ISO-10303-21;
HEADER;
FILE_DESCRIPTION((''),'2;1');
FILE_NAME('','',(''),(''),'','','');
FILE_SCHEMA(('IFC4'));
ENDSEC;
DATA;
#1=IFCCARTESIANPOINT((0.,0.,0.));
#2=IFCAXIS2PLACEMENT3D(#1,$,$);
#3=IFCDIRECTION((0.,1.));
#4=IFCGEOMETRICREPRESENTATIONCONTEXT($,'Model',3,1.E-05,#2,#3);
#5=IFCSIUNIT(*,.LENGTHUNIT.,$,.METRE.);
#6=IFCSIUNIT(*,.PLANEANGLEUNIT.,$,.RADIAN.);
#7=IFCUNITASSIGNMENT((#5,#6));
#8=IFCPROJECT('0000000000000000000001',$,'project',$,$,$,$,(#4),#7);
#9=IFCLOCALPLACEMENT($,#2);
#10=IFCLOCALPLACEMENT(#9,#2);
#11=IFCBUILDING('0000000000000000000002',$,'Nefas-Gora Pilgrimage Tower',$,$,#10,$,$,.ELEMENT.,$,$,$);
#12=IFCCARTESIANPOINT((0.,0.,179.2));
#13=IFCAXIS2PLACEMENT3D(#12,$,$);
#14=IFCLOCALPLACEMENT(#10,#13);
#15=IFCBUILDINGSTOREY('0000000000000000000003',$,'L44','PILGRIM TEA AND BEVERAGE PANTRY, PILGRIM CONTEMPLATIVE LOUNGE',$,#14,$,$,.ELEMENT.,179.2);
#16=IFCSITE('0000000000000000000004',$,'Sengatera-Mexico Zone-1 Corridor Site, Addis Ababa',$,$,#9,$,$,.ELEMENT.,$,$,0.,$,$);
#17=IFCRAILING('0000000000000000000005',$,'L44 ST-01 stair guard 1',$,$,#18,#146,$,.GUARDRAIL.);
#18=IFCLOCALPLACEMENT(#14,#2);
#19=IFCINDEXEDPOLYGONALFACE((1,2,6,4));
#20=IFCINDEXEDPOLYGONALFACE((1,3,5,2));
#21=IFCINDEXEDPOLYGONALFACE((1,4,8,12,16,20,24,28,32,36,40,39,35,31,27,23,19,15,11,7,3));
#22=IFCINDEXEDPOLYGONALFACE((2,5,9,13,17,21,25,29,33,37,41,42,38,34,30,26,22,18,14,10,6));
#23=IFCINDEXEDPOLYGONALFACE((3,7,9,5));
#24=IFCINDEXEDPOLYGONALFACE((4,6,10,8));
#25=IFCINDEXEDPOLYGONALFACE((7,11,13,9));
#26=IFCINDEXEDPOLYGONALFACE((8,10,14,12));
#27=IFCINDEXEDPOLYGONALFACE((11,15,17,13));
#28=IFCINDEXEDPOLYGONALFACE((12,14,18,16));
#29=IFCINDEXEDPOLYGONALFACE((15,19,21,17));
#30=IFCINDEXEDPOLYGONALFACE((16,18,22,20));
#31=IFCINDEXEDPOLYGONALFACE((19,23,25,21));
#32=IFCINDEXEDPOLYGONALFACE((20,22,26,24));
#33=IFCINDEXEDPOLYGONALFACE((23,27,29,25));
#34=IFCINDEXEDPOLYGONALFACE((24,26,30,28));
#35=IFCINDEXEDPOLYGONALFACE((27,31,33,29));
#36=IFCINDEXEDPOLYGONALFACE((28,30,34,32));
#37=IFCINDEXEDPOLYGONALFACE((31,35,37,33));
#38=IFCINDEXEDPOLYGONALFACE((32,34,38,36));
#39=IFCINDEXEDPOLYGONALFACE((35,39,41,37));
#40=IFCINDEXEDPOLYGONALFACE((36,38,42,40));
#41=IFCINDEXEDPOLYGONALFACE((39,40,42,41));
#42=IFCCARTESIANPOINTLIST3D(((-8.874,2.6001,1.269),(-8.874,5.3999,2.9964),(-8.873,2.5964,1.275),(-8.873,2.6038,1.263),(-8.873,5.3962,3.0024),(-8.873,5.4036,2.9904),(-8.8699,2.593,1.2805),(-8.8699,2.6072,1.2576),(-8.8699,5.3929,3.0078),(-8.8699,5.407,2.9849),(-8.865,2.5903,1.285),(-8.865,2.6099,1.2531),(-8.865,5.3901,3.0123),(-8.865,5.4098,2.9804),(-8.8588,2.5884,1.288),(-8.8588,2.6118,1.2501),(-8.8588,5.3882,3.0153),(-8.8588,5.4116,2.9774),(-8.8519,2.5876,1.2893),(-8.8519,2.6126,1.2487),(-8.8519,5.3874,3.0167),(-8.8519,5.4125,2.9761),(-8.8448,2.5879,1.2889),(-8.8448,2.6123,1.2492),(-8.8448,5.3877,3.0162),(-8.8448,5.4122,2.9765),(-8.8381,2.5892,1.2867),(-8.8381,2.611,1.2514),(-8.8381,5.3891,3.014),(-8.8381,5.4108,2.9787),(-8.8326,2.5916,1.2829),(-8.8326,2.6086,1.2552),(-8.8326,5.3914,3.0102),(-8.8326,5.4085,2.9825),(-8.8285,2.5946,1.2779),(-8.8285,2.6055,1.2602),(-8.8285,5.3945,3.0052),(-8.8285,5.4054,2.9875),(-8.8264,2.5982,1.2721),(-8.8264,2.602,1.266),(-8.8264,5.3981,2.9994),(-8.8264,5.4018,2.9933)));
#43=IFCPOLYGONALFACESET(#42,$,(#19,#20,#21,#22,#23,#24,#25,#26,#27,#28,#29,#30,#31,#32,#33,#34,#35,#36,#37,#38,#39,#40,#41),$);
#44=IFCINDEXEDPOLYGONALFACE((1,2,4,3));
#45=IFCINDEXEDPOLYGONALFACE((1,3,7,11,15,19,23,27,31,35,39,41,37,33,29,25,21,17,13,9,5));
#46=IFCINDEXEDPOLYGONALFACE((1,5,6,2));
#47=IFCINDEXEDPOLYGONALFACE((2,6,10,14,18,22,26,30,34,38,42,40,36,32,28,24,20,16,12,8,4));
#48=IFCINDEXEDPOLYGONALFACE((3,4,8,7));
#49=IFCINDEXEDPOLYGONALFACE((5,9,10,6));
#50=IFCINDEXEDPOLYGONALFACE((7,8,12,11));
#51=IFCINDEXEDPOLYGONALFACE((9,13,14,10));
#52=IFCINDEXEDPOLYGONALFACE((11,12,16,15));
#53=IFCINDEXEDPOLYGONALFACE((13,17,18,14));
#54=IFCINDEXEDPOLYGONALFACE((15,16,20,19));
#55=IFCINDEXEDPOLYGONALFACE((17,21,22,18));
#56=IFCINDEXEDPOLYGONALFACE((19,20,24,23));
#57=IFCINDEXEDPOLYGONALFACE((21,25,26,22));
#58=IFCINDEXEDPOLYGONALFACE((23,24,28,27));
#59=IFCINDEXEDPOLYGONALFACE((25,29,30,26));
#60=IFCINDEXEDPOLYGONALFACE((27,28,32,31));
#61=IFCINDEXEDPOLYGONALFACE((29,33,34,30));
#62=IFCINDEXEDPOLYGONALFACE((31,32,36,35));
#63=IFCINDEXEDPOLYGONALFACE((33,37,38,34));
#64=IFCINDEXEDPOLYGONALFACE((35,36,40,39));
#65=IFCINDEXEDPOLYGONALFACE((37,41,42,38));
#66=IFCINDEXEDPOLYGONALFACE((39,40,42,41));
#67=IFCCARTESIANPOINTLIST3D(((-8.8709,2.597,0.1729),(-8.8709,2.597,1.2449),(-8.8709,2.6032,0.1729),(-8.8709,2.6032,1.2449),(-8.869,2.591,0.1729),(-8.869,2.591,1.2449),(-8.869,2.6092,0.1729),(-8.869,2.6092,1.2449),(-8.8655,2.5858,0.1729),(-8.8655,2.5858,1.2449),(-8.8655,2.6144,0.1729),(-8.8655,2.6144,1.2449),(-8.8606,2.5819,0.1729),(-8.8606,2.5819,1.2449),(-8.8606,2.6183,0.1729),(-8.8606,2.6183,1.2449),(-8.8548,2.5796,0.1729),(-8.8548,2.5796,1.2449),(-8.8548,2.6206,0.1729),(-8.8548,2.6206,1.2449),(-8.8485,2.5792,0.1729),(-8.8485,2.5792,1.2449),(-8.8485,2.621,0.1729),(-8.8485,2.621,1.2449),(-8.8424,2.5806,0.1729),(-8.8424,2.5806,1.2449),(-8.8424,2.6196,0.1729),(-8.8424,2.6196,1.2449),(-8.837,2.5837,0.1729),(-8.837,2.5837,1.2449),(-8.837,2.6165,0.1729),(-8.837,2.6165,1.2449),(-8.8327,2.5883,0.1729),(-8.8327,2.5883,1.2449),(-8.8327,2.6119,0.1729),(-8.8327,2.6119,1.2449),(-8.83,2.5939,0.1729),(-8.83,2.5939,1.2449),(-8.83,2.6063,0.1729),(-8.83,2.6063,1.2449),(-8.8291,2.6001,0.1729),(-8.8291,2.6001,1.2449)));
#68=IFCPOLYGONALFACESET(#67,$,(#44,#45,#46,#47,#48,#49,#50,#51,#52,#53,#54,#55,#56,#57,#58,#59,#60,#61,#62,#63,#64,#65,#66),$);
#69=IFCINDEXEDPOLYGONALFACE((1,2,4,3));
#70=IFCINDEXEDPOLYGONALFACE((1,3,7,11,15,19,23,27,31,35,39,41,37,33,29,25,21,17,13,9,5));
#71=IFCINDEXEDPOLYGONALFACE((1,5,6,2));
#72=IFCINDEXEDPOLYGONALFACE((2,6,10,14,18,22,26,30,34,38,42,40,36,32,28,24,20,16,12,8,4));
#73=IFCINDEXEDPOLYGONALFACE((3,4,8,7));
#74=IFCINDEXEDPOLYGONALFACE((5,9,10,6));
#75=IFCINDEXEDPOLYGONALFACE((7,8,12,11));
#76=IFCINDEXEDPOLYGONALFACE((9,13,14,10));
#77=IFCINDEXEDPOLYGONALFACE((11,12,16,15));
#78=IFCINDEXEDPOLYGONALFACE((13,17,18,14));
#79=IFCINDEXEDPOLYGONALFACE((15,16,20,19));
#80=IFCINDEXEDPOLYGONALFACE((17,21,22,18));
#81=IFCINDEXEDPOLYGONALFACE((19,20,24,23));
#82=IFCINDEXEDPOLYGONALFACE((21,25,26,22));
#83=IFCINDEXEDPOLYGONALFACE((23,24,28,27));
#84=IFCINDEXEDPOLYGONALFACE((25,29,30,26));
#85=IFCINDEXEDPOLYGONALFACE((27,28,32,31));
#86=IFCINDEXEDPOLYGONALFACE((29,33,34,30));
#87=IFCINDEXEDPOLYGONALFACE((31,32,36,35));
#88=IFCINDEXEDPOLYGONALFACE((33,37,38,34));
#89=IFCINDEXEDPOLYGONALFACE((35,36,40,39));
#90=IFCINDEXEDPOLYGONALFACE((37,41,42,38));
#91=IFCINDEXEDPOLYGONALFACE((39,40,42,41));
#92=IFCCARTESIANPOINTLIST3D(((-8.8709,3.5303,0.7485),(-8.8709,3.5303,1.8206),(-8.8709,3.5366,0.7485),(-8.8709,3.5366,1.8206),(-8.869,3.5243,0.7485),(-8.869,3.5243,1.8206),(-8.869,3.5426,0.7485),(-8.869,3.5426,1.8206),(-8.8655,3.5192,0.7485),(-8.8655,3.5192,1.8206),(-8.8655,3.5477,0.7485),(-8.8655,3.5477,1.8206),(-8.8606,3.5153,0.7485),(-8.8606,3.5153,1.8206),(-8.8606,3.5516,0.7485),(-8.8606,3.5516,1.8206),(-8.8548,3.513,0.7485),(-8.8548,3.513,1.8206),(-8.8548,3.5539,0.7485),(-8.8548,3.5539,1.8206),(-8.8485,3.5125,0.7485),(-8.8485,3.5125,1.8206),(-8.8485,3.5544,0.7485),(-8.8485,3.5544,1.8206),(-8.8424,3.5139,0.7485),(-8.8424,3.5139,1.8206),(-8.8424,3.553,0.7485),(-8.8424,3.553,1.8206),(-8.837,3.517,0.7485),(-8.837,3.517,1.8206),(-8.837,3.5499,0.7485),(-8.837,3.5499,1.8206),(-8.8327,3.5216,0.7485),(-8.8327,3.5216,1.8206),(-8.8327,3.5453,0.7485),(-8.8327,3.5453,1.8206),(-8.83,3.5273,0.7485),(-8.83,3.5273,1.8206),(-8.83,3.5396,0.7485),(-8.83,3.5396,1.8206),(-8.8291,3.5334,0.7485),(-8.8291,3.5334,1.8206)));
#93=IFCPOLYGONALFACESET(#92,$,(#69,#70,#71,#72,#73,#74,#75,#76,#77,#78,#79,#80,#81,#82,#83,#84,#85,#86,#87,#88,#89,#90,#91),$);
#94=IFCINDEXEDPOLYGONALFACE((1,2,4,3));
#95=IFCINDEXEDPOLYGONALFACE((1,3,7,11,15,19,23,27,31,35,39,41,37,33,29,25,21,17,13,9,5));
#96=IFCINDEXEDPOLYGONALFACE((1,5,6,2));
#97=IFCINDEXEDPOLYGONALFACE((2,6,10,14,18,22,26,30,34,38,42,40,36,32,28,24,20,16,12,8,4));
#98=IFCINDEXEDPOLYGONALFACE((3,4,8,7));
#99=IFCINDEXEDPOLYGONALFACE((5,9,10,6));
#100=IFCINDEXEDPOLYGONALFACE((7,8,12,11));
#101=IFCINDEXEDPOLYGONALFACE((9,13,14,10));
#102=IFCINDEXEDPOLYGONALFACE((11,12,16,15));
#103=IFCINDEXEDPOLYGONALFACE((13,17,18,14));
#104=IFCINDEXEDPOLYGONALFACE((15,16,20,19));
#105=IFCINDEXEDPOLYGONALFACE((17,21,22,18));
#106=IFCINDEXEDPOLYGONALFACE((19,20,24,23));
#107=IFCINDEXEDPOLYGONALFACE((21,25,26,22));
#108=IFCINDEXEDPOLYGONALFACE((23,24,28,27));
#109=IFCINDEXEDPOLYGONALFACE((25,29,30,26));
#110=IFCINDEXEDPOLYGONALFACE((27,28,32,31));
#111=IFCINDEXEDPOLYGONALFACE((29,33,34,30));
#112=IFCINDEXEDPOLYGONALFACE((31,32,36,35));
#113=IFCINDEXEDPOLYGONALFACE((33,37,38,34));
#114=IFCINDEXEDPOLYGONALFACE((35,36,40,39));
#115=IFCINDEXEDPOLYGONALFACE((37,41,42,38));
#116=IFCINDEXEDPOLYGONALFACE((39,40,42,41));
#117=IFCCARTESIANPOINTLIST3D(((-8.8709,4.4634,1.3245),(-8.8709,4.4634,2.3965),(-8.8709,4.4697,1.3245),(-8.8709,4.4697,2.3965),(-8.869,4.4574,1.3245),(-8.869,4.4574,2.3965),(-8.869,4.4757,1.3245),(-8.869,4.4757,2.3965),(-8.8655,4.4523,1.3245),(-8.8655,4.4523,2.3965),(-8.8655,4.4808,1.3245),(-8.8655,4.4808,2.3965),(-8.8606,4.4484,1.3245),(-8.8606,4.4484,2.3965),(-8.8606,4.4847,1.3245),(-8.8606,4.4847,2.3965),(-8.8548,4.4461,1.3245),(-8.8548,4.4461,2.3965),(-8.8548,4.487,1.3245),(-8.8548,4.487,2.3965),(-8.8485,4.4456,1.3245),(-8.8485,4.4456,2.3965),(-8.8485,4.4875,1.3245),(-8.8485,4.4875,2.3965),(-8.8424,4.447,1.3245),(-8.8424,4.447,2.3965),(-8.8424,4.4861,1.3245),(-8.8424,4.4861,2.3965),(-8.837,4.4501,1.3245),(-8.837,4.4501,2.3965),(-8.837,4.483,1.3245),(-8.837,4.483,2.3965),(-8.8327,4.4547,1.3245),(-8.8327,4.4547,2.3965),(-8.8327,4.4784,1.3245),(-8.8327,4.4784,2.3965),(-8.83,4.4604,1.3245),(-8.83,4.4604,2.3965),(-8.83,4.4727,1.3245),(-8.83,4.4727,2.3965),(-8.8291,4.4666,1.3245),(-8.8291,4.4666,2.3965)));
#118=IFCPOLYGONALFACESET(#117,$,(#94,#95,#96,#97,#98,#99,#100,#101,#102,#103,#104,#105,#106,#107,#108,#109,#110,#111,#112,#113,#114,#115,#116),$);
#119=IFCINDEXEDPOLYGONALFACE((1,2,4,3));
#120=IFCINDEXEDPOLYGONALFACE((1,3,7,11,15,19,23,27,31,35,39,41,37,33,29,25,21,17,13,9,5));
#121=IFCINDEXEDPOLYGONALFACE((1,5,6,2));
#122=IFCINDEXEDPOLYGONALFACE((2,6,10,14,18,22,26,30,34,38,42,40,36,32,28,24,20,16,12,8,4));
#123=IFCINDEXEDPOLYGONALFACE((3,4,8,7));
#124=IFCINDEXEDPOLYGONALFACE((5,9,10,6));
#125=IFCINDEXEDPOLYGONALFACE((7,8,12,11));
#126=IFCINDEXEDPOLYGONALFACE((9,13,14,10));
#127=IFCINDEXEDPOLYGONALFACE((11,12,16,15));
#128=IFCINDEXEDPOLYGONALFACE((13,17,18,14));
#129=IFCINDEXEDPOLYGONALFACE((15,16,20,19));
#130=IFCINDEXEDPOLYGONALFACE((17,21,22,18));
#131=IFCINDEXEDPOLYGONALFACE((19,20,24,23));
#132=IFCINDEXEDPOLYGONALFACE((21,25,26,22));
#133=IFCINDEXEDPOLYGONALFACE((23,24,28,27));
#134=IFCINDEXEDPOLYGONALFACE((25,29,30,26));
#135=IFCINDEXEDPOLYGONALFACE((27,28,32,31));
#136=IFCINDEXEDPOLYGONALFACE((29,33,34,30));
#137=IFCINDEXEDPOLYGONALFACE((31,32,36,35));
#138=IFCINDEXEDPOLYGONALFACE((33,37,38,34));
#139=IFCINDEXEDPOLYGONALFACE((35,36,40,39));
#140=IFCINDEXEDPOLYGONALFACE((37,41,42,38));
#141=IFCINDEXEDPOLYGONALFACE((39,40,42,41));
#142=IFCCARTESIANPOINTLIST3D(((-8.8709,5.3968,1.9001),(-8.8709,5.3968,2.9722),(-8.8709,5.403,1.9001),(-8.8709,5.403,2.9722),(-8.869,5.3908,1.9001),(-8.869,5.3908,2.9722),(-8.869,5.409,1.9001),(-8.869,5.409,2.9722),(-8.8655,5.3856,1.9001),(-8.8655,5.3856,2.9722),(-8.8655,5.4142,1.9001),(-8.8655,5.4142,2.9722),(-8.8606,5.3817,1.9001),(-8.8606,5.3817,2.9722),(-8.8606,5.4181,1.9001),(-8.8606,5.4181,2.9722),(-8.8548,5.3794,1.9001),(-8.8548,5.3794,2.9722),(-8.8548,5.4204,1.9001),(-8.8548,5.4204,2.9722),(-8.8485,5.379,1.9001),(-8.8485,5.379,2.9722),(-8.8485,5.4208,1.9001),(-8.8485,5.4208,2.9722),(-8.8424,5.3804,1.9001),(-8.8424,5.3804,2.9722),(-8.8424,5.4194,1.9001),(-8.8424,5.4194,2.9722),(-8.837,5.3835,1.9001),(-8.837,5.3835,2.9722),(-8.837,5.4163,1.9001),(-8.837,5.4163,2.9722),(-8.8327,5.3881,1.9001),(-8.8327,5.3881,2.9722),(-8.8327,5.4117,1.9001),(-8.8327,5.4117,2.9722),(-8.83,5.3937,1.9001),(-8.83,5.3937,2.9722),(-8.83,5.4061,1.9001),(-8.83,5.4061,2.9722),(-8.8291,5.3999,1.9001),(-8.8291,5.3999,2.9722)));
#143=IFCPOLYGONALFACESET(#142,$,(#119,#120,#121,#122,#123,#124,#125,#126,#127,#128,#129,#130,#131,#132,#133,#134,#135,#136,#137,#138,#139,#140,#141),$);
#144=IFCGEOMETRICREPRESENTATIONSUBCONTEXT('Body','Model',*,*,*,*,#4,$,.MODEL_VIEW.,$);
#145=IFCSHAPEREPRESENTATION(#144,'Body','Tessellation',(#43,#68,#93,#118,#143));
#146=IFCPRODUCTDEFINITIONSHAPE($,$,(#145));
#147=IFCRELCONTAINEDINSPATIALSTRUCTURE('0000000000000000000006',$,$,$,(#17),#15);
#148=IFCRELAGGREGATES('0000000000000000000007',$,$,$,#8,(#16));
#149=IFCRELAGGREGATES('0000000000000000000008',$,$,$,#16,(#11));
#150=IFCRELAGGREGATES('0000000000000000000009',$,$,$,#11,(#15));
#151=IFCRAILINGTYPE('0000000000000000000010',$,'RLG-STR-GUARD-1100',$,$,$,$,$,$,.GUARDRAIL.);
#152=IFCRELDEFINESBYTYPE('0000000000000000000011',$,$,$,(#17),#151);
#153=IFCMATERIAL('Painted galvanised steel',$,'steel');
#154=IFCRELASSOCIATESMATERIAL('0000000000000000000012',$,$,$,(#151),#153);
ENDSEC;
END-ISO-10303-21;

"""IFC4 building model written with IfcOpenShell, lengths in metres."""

from ifc_helpers import new_model, si_unit, direction, frame, origin, origin_2d, place, context, subcontext, project, spatial, circle, extrude, material, type_object, element, save


model = new_model("IFC4")

# Units and contexts
model_context = context("Model", 3, precision=1e-05, world=origin(), true_north=direction((0.0, 1.0)))
body_context = subcontext(model_context, "Body", "Model", "MODEL_VIEW")
ifc_project = project(units=[si_unit("LENGTHUNIT", "METRE"), si_unit("PLANEANGLEUNIT", "RADIAN")], contexts=[model_context])

# Site, building, storey
site_placement = place(None, origin())
site = spatial("IfcSite", under=ifc_project, at=site_placement, Name="Sengatera-Mexico Zone-1 Corridor Site, Addis Ababa", CompositionType="ELEMENT", RefElevation=0.0)
building_placement = place(site_placement, origin())
building = spatial("IfcBuilding", under=site, at=building_placement, Name="Nefas-Gora Pilgrimage Tower", CompositionType="ELEMENT")
storey_placement = place(building_placement, frame((0.0, 0.0, 179.2)))
storey = spatial("IfcBuildingStorey", under=building, at=storey_placement, Name="L44", Description="PILGRIM TEA AND BEVERAGE PANTRY, PILGRIM CONTEMPLATIVE LOUNGE", CompositionType="ELEMENT", Elevation=179.2)

# Railing
ifc_material_1 = material(Name="Painted galvanised steel", Category="steel")
railing_type_1 = type_object("IfcRailingType", Name="RLG-STR-GUARD-1100", PredefinedType="GUARDRAIL", material=ifc_material_1)
railing_1_placement = place(storey_placement, frame((-8.8501, 2.6001, 0.1729)))
element("IfcRailing", 1, at=railing_1_placement, inside=storey, type_object=railing_type_1, Name="L44 ST-01 stair guard 1", PredefinedType="GUARDRAIL", context=body_context, shape_type="SweptSolid", body=[
    extrude(circle(Radius=0.0239, at=origin_2d()), frame((0.0, 0.0, 1.0962), z_axis=(0.0, 0.851069, 0.525054), x_axis=(-1.0, 0.0, 0.0)), (0.0, 0.0, 1.0), 3.2898),
    extrude(circle(Radius=0.021, at=origin_2d()), origin(), (0.0, 0.0, 1.0), 1.072),
    extrude(circle(Radius=0.021, at=origin_2d()), frame((0.0, 0.9333, 0.5757)), (0.0, 0.0, 1.0), 1.072),
    extrude(circle(Radius=0.021, at=origin_2d()), frame((0.0, 1.8665, 1.1516)), (0.0, 0.0, 1.0), 1.072),
    extrude(circle(Radius=0.021, at=origin_2d()), frame((0.0, 2.7998, 1.7273)), (0.0, 0.0, 1.0), 1.072),
])

save(model, "model.ifc")
